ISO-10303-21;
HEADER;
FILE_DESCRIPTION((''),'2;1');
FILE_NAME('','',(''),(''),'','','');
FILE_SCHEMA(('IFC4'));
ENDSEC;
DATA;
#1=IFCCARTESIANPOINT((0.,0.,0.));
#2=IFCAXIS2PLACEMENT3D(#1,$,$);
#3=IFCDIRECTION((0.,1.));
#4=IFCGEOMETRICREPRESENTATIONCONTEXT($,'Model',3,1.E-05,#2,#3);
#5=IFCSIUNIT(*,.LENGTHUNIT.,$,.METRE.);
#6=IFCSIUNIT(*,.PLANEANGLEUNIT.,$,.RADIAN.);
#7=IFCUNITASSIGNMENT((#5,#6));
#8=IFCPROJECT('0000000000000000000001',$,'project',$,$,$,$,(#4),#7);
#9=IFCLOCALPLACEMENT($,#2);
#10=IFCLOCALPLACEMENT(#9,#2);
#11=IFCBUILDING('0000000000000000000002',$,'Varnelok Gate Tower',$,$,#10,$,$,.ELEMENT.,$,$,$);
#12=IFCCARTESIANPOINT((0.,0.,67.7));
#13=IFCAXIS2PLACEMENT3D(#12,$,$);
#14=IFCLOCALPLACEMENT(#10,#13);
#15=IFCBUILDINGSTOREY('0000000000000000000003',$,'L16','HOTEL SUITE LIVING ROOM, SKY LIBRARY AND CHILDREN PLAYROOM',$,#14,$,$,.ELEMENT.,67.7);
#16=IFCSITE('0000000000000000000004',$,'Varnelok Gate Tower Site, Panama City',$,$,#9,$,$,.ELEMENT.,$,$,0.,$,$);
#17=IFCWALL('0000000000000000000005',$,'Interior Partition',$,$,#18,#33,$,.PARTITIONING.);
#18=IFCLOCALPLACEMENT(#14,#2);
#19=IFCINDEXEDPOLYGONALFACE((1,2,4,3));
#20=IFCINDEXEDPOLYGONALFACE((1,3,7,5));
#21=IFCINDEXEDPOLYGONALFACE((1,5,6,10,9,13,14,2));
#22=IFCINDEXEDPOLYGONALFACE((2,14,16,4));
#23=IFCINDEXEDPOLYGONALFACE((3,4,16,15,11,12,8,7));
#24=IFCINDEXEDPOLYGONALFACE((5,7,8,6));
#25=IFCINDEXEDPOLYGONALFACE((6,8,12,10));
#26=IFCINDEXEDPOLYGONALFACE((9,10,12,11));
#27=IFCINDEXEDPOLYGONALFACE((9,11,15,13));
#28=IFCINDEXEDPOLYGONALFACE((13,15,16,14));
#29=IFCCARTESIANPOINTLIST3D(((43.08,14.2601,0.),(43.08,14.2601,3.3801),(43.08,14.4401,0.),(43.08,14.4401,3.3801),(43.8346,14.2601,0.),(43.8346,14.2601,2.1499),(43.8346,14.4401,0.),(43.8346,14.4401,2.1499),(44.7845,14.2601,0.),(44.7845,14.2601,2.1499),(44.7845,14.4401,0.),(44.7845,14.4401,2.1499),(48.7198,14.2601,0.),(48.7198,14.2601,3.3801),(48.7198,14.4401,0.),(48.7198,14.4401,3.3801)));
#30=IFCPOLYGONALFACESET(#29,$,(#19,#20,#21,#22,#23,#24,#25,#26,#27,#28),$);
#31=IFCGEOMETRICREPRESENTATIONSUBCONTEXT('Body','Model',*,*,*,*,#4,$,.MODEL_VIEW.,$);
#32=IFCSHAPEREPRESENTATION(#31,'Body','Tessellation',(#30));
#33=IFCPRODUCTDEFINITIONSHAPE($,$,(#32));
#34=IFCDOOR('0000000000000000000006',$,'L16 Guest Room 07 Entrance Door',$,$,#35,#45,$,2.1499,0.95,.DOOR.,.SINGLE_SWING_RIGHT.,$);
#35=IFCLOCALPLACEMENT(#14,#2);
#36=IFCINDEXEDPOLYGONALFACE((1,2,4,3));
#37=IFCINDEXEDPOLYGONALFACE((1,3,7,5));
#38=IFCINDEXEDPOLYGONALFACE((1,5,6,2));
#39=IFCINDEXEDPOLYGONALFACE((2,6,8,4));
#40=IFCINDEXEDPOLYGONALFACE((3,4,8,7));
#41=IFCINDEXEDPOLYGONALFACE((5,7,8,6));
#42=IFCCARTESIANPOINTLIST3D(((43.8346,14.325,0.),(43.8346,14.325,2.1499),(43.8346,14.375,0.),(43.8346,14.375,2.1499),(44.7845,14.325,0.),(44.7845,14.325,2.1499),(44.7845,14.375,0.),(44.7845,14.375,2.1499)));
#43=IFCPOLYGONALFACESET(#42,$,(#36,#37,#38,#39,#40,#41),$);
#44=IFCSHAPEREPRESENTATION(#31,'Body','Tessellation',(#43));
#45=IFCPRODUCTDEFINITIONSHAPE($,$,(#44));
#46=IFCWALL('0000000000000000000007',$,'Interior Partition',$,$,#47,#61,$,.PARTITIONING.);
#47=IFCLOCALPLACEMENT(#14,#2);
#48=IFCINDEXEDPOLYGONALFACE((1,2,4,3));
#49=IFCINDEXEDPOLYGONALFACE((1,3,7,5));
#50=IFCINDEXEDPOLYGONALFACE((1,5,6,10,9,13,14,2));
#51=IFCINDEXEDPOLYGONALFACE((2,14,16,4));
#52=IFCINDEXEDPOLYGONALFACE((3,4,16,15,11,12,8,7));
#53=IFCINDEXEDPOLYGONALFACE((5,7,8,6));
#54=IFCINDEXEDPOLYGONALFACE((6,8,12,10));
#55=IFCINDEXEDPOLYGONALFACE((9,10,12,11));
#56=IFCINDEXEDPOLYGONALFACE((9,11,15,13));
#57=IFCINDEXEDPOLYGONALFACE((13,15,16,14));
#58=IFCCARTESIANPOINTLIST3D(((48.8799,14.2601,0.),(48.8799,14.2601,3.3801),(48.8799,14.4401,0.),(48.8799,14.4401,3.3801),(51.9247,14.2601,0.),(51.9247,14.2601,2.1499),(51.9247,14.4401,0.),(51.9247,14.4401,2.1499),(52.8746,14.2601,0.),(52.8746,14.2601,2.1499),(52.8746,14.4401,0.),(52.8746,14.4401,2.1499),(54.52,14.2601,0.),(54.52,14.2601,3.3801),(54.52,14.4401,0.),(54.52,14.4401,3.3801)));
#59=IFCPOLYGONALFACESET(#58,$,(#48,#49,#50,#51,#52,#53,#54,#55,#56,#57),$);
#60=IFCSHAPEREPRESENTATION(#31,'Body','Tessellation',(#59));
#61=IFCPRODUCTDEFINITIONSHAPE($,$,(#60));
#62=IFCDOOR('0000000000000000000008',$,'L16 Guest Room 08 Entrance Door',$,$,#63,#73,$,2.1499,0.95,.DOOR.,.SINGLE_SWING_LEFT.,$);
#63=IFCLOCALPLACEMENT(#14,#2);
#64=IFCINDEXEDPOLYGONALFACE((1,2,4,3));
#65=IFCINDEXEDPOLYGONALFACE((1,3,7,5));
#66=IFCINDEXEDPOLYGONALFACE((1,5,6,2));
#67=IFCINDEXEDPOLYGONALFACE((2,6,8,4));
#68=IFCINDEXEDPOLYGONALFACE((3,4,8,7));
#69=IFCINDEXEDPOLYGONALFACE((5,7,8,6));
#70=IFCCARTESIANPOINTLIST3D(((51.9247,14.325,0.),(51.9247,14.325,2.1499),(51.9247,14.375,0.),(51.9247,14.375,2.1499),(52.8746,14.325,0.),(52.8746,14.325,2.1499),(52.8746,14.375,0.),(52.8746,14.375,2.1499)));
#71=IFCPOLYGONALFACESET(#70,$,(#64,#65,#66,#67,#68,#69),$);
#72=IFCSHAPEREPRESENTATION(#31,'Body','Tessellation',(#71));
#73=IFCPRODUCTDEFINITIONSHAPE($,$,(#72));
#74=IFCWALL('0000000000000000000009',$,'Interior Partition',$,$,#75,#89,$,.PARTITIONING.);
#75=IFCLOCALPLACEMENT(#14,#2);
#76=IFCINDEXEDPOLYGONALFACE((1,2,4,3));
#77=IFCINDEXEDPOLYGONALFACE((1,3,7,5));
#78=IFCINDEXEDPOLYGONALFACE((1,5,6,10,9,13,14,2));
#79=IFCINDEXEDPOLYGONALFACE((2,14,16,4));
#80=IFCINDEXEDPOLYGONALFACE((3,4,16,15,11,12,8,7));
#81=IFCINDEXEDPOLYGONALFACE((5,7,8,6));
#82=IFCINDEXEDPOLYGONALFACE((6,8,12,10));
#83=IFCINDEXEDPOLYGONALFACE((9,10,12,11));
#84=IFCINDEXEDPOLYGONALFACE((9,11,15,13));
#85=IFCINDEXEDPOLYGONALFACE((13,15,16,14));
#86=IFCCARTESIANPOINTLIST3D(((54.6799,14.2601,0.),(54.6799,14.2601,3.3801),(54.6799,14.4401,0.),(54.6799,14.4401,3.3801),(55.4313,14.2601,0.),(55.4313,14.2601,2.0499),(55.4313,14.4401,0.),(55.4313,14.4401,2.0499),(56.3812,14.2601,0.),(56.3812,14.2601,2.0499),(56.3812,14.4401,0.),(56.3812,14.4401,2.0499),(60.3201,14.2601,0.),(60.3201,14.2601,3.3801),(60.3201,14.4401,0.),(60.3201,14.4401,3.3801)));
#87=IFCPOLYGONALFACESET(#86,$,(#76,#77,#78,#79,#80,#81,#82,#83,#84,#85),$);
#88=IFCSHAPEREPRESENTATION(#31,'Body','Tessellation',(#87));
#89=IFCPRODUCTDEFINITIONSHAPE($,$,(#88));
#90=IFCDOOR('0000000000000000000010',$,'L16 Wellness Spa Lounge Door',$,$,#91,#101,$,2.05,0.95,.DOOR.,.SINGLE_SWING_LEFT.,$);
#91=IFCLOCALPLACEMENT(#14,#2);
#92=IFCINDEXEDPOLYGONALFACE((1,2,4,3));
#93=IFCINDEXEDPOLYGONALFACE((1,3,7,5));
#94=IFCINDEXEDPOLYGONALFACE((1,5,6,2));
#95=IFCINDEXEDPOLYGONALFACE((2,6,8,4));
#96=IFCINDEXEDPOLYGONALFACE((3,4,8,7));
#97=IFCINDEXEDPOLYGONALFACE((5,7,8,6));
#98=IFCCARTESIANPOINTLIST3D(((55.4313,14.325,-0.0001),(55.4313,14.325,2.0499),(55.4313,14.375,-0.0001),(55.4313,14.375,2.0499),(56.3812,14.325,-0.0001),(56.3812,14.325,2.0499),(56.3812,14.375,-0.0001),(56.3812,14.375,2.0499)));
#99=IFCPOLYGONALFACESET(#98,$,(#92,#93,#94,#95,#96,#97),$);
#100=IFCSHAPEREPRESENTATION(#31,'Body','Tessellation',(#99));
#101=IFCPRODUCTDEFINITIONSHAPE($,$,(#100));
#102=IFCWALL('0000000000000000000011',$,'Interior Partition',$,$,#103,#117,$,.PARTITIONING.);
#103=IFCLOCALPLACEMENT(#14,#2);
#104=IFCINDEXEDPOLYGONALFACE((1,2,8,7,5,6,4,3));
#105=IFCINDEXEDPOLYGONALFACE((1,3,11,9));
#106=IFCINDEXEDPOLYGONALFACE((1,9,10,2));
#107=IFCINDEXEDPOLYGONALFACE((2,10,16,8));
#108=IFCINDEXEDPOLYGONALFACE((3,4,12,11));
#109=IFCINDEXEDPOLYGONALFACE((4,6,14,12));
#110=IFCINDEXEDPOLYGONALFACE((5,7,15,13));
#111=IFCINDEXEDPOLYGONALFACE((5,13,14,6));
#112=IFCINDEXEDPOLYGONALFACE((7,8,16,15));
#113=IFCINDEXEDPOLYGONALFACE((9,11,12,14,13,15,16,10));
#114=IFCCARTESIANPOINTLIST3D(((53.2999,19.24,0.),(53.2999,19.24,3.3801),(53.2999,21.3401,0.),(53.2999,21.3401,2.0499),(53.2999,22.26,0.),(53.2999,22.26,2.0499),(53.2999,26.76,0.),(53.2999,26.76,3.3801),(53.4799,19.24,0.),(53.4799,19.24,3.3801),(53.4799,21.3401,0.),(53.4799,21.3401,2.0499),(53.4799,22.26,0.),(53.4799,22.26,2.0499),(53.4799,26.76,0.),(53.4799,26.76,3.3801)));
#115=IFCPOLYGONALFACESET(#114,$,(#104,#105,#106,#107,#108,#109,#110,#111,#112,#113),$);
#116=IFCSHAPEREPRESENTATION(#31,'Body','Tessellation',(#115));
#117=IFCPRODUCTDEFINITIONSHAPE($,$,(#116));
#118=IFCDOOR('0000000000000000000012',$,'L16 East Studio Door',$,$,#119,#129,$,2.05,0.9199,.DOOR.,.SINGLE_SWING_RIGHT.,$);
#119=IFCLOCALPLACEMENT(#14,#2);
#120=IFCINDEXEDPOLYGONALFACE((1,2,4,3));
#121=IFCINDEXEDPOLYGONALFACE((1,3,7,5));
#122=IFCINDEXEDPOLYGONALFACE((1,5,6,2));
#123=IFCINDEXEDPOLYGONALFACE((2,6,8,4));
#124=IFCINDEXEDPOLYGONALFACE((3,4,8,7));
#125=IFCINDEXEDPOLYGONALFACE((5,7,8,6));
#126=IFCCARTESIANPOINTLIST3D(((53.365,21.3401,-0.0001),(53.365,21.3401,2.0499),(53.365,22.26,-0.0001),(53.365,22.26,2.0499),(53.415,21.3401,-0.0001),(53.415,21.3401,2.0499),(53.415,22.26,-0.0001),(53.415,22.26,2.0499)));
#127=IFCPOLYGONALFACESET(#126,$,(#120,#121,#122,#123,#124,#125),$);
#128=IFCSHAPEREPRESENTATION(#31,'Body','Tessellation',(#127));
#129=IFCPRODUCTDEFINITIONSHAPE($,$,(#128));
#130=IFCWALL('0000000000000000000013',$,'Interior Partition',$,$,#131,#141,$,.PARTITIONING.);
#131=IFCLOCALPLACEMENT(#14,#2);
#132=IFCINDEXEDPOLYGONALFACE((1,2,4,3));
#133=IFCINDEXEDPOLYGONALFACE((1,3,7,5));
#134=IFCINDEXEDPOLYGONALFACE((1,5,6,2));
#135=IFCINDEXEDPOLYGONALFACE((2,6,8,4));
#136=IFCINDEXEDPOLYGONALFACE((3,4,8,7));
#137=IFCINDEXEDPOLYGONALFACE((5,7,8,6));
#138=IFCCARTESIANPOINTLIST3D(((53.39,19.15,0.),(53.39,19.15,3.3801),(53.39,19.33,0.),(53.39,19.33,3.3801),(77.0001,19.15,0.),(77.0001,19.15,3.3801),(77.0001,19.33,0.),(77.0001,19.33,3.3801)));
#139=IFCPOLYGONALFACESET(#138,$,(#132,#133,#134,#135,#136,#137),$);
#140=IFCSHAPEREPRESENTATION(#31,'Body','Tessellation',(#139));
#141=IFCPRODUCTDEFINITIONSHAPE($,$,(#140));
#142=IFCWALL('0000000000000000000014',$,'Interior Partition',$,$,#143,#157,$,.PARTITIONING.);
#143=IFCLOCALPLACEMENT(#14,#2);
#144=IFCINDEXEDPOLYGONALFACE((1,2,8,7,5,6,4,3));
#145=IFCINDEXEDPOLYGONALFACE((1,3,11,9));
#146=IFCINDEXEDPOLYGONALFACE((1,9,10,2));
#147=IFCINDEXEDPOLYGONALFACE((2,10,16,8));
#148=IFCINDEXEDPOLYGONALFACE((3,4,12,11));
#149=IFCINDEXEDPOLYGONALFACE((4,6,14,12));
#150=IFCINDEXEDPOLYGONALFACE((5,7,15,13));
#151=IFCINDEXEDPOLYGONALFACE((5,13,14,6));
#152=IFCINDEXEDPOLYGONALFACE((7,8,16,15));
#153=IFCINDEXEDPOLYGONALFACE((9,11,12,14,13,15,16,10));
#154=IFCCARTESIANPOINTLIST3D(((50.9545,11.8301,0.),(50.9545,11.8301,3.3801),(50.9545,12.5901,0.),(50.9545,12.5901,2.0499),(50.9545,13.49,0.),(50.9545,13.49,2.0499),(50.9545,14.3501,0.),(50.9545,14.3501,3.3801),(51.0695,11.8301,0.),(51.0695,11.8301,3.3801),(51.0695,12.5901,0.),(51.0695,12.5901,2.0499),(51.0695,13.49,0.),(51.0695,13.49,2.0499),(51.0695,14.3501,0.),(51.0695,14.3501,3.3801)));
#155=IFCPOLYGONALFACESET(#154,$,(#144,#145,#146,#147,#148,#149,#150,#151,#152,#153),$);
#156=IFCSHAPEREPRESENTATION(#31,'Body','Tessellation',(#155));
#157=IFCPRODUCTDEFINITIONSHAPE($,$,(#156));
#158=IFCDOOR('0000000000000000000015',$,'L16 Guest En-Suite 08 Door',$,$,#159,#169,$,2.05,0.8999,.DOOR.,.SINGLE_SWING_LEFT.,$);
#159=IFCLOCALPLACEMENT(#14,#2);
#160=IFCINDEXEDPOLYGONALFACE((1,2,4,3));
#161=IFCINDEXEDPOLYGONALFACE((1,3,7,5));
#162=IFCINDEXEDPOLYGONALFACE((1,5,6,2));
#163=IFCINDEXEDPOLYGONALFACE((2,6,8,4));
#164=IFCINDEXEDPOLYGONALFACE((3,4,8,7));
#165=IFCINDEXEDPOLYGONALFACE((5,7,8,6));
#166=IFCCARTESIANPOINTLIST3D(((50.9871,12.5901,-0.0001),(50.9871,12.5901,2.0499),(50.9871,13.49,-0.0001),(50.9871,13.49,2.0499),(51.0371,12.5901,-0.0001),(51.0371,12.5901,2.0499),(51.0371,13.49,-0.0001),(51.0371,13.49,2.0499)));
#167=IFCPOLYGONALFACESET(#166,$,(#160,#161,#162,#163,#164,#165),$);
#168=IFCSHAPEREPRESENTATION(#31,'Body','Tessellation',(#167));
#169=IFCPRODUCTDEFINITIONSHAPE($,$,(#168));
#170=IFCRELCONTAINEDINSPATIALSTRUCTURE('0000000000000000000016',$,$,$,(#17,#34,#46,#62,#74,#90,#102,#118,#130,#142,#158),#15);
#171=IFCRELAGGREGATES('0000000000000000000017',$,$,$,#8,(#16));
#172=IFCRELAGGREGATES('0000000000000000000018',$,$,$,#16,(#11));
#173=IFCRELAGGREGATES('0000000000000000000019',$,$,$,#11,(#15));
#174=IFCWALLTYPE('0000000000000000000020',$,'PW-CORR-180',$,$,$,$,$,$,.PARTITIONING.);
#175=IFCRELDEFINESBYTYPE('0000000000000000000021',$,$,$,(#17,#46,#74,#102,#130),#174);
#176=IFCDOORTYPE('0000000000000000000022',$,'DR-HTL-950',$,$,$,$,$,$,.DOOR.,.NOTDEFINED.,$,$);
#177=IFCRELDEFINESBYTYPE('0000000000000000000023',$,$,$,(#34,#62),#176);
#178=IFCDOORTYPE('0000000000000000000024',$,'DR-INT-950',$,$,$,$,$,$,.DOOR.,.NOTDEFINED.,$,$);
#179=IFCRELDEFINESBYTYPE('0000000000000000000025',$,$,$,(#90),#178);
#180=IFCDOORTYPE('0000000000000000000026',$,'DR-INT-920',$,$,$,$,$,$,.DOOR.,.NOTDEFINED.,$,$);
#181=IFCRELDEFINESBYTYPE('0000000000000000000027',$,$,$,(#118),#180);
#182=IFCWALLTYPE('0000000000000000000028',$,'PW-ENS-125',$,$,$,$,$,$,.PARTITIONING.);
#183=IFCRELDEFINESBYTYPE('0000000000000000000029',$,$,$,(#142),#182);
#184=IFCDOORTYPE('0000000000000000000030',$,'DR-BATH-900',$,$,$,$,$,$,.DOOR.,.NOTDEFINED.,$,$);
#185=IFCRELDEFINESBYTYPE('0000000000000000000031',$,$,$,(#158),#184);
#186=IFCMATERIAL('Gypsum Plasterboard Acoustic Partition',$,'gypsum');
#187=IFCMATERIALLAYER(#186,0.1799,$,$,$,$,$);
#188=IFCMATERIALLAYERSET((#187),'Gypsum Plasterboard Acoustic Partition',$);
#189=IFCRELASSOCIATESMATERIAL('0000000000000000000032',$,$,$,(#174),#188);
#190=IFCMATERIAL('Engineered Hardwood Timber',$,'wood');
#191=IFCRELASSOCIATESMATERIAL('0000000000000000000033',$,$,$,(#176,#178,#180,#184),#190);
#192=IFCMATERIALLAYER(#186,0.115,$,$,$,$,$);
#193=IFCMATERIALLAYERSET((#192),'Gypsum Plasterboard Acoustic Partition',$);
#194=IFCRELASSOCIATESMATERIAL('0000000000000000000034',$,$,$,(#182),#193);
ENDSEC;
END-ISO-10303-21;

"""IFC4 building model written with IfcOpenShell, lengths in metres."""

from ifc_helpers import new_model, si_unit, direction, frame, frame_2d, origin, place, context, subcontext, project, spatial, rectangle, extrude, material, layer, layer_set, type_object, element, fill, save


model = new_model("IFC4")

# Units and contexts
model_context = context("Model", 3, precision=1e-05, world=origin(), true_north=direction((0.0, 1.0)))
body_context = subcontext(model_context, "Body", "Model", "MODEL_VIEW")
ifc_project = project(units=[si_unit("LENGTHUNIT", "METRE"), si_unit("PLANEANGLEUNIT", "RADIAN")], contexts=[model_context])

# Site, building, storey
site_placement = place(None, origin())
site = spatial("IfcSite", under=ifc_project, at=site_placement, Name="Varnelok Gate Tower Site, Panama City", CompositionType="ELEMENT", RefElevation=0.0)
building_placement = place(site_placement, origin())
building = spatial("IfcBuilding", under=site, at=building_placement, Name="Varnelok Gate Tower", CompositionType="ELEMENT")
storey_placement = place(building_placement, frame((0.0, 0.0, 67.7)))
storey = spatial("IfcBuildingStorey", under=building, at=storey_placement, Name="L16", Description="HOTEL SUITE LIVING ROOM, SKY LIBRARY AND CHILDREN PLAYROOM", CompositionType="ELEMENT", Elevation=67.7)

# Walls, openings, doors
ifc_material_1 = material(Name="Gypsum Plasterboard Acoustic Partition", Category="gypsum")
ifc_layer_1 = layer(ifc_material_1, 0.1799)
ifc_layer_set_1 = layer_set([ifc_layer_1], Name="Gypsum Plasterboard Acoustic Partition")
wall_type_1 = type_object("IfcWallType", Name="PW-CORR-180", PredefinedType="PARTITIONING", material=ifc_layer_set_1)
wall_1_placement = place(storey_placement, frame((43.0801, 14.3501, 0.0), z_axis=(0.0, 0.0, 1.0), x_axis=(1.0, 0.0, 0.0)))
wall_1 = element("IfcWall", 1, at=wall_1_placement, inside=storey, type_object=wall_type_1, Name="Interior Partition", PredefinedType="PARTITIONING", context=body_context, shape_type="SweptSolid", body=[
    extrude(rectangle(XDim=5.6399, YDim=0.1799, at=frame_2d((2.8198, 0.0))), origin(), (0.0, 0.0, 1.0), 3.3801),
])
opening_1_placement = place(wall_1_placement, frame((0.7544, 0.0, 0.0)))
opening_1 = element("IfcOpeningElement", 2, at=opening_1_placement, cuts=wall_1, PredefinedType="OPENING", context=body_context, shape_type="SweptSolid", body=[
    extrude(rectangle(XDim=0.95, YDim=2.1499, at=frame_2d((0.4751, 1.075))), frame((0.0, 0.0999, 0.0), z_axis=(0.0, -1.0, 0.0), x_axis=(1.0, 0.0, 0.0)), (0.0, 0.0, 1.0), 0.2),
])
ifc_material_2 = material(Name="Engineered Hardwood Timber", Category="wood")
door_type_1 = type_object("IfcDoorType", Name="DR-HTL-950", OperationType="NOTDEFINED", PredefinedType="DOOR", material=ifc_material_2)
door_1_placement = place(opening_1_placement, origin())
door_1 = element("IfcDoor", 3, at=door_1_placement, inside=storey, type_object=door_type_1, Name="L16 Guest Room 07 Entrance Door", OperationType="SINGLE_SWING_RIGHT", OverallHeight=2.1499, OverallWidth=0.95, PredefinedType="DOOR", context=body_context, shape_type="SweptSolid", body=[
    extrude(rectangle(XDim=0.95, YDim=2.1499, at=frame_2d((0.4751, 1.075))), frame((0.0, 0.0249, 0.0), z_axis=(0.0, -1.0, 0.0), x_axis=(1.0, 0.0, 0.0)), (0.0, 0.0, 1.0), 0.05),
])
fill(opening_1, door_1)
wall_2_placement = place(storey_placement, frame((48.8799, 14.3501, 0.0), z_axis=(0.0, 0.0, 1.0), x_axis=(1.0, 0.0, 0.0)))
wall_2 = element("IfcWall", 4, at=wall_2_placement, inside=storey, type_object=wall_type_1, Name="Interior Partition", PredefinedType="PARTITIONING", context=body_context, shape_type="SweptSolid", body=[
    extrude(rectangle(XDim=5.6401, YDim=0.1799, at=frame_2d((2.8201, 0.0))), origin(), (0.0, 0.0, 1.0), 3.3801),
])
opening_2_placement = place(wall_2_placement, frame((3.0447, 0.0, 0.0)))
opening_2 = element("IfcOpeningElement", 5, at=opening_2_placement, cuts=wall_2, PredefinedType="OPENING", context=body_context, shape_type="SweptSolid", body=[
    extrude(rectangle(XDim=0.95, YDim=2.1499, at=frame_2d((0.4751, 1.075))), frame((0.0, 0.0999, 0.0), z_axis=(0.0, -1.0, 0.0), x_axis=(1.0, 0.0, 0.0)), (0.0, 0.0, 1.0), 0.2),
])
door_2_placement = place(opening_2_placement, origin())
door_2 = element("IfcDoor", 6, at=door_2_placement, inside=storey, type_object=door_type_1, Name="L16 Guest Room 08 Entrance Door", OperationType="SINGLE_SWING_LEFT", OverallHeight=2.1499, OverallWidth=0.95, PredefinedType="DOOR", context=body_context, shape_type="SweptSolid", body=[
    extrude(rectangle(XDim=0.95, YDim=2.1499, at=frame_2d((0.4751, 1.075))), frame((0.0, 0.0249, 0.0), z_axis=(0.0, -1.0, 0.0), x_axis=(1.0, 0.0, 0.0)), (0.0, 0.0, 1.0), 0.05),
])
fill(opening_2, door_2)
wall_3_placement = place(storey_placement, frame((54.6799, 14.3501, 0.0), z_axis=(0.0, 0.0, 1.0), x_axis=(1.0, 0.0, 0.0)))
wall_3 = element("IfcWall", 7, at=wall_3_placement, inside=storey, type_object=wall_type_1, Name="Interior Partition", PredefinedType="PARTITIONING", context=body_context, shape_type="SweptSolid", body=[
    extrude(rectangle(XDim=5.6401, YDim=0.1799, at=frame_2d((2.8201, 0.0))), origin(), (0.0, 0.0, 1.0), 3.3801),
])
opening_3_placement = place(wall_3_placement, frame((0.7512, 0.0, 0.0)))
opening_3 = element("IfcOpeningElement", 8, at=opening_3_placement, cuts=wall_3, PredefinedType="OPENING", context=body_context, shape_type="SweptSolid", body=[
    extrude(rectangle(XDim=0.95, YDim=2.05, at=frame_2d((0.4751, 1.0249))), frame((0.0, 0.0999, 0.0), z_axis=(0.0, -1.0, 0.0), x_axis=(1.0, 0.0, 0.0)), (0.0, 0.0, 1.0), 0.2),
])
door_type_2 = type_object("IfcDoorType", Name="DR-INT-950", OperationType="NOTDEFINED", PredefinedType="DOOR", material=ifc_material_2)
door_3_placement = place(opening_3_placement, origin())
door_3 = element("IfcDoor", 9, at=door_3_placement, inside=storey, type_object=door_type_2, Name="L16 Wellness Spa Lounge Door", OperationType="SINGLE_SWING_LEFT", OverallHeight=2.05, OverallWidth=0.95, PredefinedType="DOOR", context=body_context, shape_type="SweptSolid", body=[
    extrude(rectangle(XDim=0.95, YDim=2.05, at=frame_2d((0.4751, 1.0249))), frame((0.0, 0.0249, 0.0), z_axis=(0.0, -1.0, 0.0), x_axis=(1.0, 0.0, 0.0)), (0.0, 0.0, 1.0), 0.05),
])
fill(opening_3, door_3)
wall_4_placement = place(storey_placement, frame((53.3899, 19.24, 0.0), z_axis=(0.0, 0.0, 1.0), x_axis=(0.0, 1.0, 0.0)))
wall_4 = element("IfcWall", 10, at=wall_4_placement, inside=storey, type_object=wall_type_1, Name="Interior Partition", PredefinedType="PARTITIONING", context=body_context, shape_type="SweptSolid", body=[
    extrude(rectangle(XDim=7.52, YDim=0.1799, at=frame_2d((3.76, 0.0))), origin(), (0.0, 0.0, 1.0), 3.3801),
])
opening_4_placement = place(wall_4_placement, frame((2.1001, 0.0, 0.0)))
opening_4 = element("IfcOpeningElement", 11, at=opening_4_placement, cuts=wall_4, PredefinedType="OPENING", context=body_context, shape_type="SweptSolid", body=[
    extrude(rectangle(XDim=0.9199, YDim=2.05, at=frame_2d((0.46, 1.0249))), frame((0.0, 0.0999, 0.0), z_axis=(0.0, -1.0, 0.0), x_axis=(1.0, 0.0, 0.0)), (0.0, 0.0, 1.0), 0.2),
])
door_type_3 = type_object("IfcDoorType", Name="DR-INT-920", OperationType="NOTDEFINED", PredefinedType="DOOR", material=ifc_material_2)
door_4_placement = place(opening_4_placement, origin())
door_4 = element("IfcDoor", 12, at=door_4_placement, inside=storey, type_object=door_type_3, Name="L16 East Studio Door", OperationType="SINGLE_SWING_RIGHT", OverallHeight=2.05, OverallWidth=0.9199, PredefinedType="DOOR", context=body_context, shape_type="SweptSolid", body=[
    extrude(rectangle(XDim=0.9199, YDim=2.05, at=frame_2d((0.46, 1.0249))), frame((0.0, 0.0249, 0.0), z_axis=(0.0, -1.0, 0.0), x_axis=(1.0, 0.0, 0.0)), (0.0, 0.0, 1.0), 0.05),
])
fill(opening_4, door_4)

# Wall
wall_5_placement = place(storey_placement, frame((53.3899, 19.24, 0.0), z_axis=(0.0, 0.0, 1.0), x_axis=(1.0, 0.0, 0.0)))
element("IfcWall", 13, at=wall_5_placement, inside=storey, type_object=wall_type_1, Name="Interior Partition", PredefinedType="PARTITIONING", context=body_context, shape_type="SweptSolid", body=[
    extrude(rectangle(XDim=23.6101, YDim=0.1799, at=frame_2d((11.8052, 0.0))), origin(), (0.0, 0.0, 1.0), 3.3801),
])

# Wall, opening, door
ifc_layer_2 = layer(ifc_material_1, 0.115)
ifc_layer_set_2 = layer_set([ifc_layer_2], Name="Gypsum Plasterboard Acoustic Partition")
wall_type_2 = type_object("IfcWallType", Name="PW-ENS-125", PredefinedType="PARTITIONING", material=ifc_layer_set_2)
wall_6_placement = place(storey_placement, frame((51.012, 11.8301, 0.0), z_axis=(0.0, 0.0, 1.0), x_axis=(0.0, 1.0, 0.0)))
wall_6 = element("IfcWall", 14, at=wall_6_placement, inside=storey, type_object=wall_type_2, Name="Interior Partition", PredefinedType="PARTITIONING", context=body_context, shape_type="SweptSolid", body=[
    extrude(rectangle(XDim=2.52, YDim=0.115, at=frame_2d((1.26, 0.0))), origin(), (0.0, 0.0, 1.0), 3.3801),
])
opening_5_placement = place(wall_6_placement, frame((0.76, 0.0, 0.0)))
opening_5 = element("IfcOpeningElement", 15, at=opening_5_placement, cuts=wall_6, PredefinedType="OPENING", context=body_context, shape_type="SweptSolid", body=[
    extrude(rectangle(XDim=0.8999, YDim=2.05, at=frame_2d((0.45, 1.0249))), frame((0.0, 0.0674, 0.0), z_axis=(0.0, -1.0, 0.0), x_axis=(1.0, 0.0, 0.0)), (0.0, 0.0, 1.0), 0.135),
])
door_type_4 = type_object("IfcDoorType", Name="DR-BATH-900", OperationType="NOTDEFINED", PredefinedType="DOOR", material=ifc_material_2)
door_5_placement = place(opening_5_placement, origin())
door_5 = element("IfcDoor", 16, at=door_5_placement, inside=storey, type_object=door_type_4, Name="L16 Guest En-Suite 08 Door", OperationType="SINGLE_SWING_LEFT", OverallHeight=2.05, OverallWidth=0.8999, PredefinedType="DOOR", context=body_context, shape_type="SweptSolid", body=[
    extrude(rectangle(XDim=0.8999, YDim=2.05, at=frame_2d((0.45, 1.0249))), frame((0.0, 0.0249, 0.0), z_axis=(0.0, -1.0, 0.0), x_axis=(1.0, 0.0, 0.0)), (0.0, 0.0, 1.0), 0.05),
])
fill(opening_5, door_5)

save(model, "model.ifc")
